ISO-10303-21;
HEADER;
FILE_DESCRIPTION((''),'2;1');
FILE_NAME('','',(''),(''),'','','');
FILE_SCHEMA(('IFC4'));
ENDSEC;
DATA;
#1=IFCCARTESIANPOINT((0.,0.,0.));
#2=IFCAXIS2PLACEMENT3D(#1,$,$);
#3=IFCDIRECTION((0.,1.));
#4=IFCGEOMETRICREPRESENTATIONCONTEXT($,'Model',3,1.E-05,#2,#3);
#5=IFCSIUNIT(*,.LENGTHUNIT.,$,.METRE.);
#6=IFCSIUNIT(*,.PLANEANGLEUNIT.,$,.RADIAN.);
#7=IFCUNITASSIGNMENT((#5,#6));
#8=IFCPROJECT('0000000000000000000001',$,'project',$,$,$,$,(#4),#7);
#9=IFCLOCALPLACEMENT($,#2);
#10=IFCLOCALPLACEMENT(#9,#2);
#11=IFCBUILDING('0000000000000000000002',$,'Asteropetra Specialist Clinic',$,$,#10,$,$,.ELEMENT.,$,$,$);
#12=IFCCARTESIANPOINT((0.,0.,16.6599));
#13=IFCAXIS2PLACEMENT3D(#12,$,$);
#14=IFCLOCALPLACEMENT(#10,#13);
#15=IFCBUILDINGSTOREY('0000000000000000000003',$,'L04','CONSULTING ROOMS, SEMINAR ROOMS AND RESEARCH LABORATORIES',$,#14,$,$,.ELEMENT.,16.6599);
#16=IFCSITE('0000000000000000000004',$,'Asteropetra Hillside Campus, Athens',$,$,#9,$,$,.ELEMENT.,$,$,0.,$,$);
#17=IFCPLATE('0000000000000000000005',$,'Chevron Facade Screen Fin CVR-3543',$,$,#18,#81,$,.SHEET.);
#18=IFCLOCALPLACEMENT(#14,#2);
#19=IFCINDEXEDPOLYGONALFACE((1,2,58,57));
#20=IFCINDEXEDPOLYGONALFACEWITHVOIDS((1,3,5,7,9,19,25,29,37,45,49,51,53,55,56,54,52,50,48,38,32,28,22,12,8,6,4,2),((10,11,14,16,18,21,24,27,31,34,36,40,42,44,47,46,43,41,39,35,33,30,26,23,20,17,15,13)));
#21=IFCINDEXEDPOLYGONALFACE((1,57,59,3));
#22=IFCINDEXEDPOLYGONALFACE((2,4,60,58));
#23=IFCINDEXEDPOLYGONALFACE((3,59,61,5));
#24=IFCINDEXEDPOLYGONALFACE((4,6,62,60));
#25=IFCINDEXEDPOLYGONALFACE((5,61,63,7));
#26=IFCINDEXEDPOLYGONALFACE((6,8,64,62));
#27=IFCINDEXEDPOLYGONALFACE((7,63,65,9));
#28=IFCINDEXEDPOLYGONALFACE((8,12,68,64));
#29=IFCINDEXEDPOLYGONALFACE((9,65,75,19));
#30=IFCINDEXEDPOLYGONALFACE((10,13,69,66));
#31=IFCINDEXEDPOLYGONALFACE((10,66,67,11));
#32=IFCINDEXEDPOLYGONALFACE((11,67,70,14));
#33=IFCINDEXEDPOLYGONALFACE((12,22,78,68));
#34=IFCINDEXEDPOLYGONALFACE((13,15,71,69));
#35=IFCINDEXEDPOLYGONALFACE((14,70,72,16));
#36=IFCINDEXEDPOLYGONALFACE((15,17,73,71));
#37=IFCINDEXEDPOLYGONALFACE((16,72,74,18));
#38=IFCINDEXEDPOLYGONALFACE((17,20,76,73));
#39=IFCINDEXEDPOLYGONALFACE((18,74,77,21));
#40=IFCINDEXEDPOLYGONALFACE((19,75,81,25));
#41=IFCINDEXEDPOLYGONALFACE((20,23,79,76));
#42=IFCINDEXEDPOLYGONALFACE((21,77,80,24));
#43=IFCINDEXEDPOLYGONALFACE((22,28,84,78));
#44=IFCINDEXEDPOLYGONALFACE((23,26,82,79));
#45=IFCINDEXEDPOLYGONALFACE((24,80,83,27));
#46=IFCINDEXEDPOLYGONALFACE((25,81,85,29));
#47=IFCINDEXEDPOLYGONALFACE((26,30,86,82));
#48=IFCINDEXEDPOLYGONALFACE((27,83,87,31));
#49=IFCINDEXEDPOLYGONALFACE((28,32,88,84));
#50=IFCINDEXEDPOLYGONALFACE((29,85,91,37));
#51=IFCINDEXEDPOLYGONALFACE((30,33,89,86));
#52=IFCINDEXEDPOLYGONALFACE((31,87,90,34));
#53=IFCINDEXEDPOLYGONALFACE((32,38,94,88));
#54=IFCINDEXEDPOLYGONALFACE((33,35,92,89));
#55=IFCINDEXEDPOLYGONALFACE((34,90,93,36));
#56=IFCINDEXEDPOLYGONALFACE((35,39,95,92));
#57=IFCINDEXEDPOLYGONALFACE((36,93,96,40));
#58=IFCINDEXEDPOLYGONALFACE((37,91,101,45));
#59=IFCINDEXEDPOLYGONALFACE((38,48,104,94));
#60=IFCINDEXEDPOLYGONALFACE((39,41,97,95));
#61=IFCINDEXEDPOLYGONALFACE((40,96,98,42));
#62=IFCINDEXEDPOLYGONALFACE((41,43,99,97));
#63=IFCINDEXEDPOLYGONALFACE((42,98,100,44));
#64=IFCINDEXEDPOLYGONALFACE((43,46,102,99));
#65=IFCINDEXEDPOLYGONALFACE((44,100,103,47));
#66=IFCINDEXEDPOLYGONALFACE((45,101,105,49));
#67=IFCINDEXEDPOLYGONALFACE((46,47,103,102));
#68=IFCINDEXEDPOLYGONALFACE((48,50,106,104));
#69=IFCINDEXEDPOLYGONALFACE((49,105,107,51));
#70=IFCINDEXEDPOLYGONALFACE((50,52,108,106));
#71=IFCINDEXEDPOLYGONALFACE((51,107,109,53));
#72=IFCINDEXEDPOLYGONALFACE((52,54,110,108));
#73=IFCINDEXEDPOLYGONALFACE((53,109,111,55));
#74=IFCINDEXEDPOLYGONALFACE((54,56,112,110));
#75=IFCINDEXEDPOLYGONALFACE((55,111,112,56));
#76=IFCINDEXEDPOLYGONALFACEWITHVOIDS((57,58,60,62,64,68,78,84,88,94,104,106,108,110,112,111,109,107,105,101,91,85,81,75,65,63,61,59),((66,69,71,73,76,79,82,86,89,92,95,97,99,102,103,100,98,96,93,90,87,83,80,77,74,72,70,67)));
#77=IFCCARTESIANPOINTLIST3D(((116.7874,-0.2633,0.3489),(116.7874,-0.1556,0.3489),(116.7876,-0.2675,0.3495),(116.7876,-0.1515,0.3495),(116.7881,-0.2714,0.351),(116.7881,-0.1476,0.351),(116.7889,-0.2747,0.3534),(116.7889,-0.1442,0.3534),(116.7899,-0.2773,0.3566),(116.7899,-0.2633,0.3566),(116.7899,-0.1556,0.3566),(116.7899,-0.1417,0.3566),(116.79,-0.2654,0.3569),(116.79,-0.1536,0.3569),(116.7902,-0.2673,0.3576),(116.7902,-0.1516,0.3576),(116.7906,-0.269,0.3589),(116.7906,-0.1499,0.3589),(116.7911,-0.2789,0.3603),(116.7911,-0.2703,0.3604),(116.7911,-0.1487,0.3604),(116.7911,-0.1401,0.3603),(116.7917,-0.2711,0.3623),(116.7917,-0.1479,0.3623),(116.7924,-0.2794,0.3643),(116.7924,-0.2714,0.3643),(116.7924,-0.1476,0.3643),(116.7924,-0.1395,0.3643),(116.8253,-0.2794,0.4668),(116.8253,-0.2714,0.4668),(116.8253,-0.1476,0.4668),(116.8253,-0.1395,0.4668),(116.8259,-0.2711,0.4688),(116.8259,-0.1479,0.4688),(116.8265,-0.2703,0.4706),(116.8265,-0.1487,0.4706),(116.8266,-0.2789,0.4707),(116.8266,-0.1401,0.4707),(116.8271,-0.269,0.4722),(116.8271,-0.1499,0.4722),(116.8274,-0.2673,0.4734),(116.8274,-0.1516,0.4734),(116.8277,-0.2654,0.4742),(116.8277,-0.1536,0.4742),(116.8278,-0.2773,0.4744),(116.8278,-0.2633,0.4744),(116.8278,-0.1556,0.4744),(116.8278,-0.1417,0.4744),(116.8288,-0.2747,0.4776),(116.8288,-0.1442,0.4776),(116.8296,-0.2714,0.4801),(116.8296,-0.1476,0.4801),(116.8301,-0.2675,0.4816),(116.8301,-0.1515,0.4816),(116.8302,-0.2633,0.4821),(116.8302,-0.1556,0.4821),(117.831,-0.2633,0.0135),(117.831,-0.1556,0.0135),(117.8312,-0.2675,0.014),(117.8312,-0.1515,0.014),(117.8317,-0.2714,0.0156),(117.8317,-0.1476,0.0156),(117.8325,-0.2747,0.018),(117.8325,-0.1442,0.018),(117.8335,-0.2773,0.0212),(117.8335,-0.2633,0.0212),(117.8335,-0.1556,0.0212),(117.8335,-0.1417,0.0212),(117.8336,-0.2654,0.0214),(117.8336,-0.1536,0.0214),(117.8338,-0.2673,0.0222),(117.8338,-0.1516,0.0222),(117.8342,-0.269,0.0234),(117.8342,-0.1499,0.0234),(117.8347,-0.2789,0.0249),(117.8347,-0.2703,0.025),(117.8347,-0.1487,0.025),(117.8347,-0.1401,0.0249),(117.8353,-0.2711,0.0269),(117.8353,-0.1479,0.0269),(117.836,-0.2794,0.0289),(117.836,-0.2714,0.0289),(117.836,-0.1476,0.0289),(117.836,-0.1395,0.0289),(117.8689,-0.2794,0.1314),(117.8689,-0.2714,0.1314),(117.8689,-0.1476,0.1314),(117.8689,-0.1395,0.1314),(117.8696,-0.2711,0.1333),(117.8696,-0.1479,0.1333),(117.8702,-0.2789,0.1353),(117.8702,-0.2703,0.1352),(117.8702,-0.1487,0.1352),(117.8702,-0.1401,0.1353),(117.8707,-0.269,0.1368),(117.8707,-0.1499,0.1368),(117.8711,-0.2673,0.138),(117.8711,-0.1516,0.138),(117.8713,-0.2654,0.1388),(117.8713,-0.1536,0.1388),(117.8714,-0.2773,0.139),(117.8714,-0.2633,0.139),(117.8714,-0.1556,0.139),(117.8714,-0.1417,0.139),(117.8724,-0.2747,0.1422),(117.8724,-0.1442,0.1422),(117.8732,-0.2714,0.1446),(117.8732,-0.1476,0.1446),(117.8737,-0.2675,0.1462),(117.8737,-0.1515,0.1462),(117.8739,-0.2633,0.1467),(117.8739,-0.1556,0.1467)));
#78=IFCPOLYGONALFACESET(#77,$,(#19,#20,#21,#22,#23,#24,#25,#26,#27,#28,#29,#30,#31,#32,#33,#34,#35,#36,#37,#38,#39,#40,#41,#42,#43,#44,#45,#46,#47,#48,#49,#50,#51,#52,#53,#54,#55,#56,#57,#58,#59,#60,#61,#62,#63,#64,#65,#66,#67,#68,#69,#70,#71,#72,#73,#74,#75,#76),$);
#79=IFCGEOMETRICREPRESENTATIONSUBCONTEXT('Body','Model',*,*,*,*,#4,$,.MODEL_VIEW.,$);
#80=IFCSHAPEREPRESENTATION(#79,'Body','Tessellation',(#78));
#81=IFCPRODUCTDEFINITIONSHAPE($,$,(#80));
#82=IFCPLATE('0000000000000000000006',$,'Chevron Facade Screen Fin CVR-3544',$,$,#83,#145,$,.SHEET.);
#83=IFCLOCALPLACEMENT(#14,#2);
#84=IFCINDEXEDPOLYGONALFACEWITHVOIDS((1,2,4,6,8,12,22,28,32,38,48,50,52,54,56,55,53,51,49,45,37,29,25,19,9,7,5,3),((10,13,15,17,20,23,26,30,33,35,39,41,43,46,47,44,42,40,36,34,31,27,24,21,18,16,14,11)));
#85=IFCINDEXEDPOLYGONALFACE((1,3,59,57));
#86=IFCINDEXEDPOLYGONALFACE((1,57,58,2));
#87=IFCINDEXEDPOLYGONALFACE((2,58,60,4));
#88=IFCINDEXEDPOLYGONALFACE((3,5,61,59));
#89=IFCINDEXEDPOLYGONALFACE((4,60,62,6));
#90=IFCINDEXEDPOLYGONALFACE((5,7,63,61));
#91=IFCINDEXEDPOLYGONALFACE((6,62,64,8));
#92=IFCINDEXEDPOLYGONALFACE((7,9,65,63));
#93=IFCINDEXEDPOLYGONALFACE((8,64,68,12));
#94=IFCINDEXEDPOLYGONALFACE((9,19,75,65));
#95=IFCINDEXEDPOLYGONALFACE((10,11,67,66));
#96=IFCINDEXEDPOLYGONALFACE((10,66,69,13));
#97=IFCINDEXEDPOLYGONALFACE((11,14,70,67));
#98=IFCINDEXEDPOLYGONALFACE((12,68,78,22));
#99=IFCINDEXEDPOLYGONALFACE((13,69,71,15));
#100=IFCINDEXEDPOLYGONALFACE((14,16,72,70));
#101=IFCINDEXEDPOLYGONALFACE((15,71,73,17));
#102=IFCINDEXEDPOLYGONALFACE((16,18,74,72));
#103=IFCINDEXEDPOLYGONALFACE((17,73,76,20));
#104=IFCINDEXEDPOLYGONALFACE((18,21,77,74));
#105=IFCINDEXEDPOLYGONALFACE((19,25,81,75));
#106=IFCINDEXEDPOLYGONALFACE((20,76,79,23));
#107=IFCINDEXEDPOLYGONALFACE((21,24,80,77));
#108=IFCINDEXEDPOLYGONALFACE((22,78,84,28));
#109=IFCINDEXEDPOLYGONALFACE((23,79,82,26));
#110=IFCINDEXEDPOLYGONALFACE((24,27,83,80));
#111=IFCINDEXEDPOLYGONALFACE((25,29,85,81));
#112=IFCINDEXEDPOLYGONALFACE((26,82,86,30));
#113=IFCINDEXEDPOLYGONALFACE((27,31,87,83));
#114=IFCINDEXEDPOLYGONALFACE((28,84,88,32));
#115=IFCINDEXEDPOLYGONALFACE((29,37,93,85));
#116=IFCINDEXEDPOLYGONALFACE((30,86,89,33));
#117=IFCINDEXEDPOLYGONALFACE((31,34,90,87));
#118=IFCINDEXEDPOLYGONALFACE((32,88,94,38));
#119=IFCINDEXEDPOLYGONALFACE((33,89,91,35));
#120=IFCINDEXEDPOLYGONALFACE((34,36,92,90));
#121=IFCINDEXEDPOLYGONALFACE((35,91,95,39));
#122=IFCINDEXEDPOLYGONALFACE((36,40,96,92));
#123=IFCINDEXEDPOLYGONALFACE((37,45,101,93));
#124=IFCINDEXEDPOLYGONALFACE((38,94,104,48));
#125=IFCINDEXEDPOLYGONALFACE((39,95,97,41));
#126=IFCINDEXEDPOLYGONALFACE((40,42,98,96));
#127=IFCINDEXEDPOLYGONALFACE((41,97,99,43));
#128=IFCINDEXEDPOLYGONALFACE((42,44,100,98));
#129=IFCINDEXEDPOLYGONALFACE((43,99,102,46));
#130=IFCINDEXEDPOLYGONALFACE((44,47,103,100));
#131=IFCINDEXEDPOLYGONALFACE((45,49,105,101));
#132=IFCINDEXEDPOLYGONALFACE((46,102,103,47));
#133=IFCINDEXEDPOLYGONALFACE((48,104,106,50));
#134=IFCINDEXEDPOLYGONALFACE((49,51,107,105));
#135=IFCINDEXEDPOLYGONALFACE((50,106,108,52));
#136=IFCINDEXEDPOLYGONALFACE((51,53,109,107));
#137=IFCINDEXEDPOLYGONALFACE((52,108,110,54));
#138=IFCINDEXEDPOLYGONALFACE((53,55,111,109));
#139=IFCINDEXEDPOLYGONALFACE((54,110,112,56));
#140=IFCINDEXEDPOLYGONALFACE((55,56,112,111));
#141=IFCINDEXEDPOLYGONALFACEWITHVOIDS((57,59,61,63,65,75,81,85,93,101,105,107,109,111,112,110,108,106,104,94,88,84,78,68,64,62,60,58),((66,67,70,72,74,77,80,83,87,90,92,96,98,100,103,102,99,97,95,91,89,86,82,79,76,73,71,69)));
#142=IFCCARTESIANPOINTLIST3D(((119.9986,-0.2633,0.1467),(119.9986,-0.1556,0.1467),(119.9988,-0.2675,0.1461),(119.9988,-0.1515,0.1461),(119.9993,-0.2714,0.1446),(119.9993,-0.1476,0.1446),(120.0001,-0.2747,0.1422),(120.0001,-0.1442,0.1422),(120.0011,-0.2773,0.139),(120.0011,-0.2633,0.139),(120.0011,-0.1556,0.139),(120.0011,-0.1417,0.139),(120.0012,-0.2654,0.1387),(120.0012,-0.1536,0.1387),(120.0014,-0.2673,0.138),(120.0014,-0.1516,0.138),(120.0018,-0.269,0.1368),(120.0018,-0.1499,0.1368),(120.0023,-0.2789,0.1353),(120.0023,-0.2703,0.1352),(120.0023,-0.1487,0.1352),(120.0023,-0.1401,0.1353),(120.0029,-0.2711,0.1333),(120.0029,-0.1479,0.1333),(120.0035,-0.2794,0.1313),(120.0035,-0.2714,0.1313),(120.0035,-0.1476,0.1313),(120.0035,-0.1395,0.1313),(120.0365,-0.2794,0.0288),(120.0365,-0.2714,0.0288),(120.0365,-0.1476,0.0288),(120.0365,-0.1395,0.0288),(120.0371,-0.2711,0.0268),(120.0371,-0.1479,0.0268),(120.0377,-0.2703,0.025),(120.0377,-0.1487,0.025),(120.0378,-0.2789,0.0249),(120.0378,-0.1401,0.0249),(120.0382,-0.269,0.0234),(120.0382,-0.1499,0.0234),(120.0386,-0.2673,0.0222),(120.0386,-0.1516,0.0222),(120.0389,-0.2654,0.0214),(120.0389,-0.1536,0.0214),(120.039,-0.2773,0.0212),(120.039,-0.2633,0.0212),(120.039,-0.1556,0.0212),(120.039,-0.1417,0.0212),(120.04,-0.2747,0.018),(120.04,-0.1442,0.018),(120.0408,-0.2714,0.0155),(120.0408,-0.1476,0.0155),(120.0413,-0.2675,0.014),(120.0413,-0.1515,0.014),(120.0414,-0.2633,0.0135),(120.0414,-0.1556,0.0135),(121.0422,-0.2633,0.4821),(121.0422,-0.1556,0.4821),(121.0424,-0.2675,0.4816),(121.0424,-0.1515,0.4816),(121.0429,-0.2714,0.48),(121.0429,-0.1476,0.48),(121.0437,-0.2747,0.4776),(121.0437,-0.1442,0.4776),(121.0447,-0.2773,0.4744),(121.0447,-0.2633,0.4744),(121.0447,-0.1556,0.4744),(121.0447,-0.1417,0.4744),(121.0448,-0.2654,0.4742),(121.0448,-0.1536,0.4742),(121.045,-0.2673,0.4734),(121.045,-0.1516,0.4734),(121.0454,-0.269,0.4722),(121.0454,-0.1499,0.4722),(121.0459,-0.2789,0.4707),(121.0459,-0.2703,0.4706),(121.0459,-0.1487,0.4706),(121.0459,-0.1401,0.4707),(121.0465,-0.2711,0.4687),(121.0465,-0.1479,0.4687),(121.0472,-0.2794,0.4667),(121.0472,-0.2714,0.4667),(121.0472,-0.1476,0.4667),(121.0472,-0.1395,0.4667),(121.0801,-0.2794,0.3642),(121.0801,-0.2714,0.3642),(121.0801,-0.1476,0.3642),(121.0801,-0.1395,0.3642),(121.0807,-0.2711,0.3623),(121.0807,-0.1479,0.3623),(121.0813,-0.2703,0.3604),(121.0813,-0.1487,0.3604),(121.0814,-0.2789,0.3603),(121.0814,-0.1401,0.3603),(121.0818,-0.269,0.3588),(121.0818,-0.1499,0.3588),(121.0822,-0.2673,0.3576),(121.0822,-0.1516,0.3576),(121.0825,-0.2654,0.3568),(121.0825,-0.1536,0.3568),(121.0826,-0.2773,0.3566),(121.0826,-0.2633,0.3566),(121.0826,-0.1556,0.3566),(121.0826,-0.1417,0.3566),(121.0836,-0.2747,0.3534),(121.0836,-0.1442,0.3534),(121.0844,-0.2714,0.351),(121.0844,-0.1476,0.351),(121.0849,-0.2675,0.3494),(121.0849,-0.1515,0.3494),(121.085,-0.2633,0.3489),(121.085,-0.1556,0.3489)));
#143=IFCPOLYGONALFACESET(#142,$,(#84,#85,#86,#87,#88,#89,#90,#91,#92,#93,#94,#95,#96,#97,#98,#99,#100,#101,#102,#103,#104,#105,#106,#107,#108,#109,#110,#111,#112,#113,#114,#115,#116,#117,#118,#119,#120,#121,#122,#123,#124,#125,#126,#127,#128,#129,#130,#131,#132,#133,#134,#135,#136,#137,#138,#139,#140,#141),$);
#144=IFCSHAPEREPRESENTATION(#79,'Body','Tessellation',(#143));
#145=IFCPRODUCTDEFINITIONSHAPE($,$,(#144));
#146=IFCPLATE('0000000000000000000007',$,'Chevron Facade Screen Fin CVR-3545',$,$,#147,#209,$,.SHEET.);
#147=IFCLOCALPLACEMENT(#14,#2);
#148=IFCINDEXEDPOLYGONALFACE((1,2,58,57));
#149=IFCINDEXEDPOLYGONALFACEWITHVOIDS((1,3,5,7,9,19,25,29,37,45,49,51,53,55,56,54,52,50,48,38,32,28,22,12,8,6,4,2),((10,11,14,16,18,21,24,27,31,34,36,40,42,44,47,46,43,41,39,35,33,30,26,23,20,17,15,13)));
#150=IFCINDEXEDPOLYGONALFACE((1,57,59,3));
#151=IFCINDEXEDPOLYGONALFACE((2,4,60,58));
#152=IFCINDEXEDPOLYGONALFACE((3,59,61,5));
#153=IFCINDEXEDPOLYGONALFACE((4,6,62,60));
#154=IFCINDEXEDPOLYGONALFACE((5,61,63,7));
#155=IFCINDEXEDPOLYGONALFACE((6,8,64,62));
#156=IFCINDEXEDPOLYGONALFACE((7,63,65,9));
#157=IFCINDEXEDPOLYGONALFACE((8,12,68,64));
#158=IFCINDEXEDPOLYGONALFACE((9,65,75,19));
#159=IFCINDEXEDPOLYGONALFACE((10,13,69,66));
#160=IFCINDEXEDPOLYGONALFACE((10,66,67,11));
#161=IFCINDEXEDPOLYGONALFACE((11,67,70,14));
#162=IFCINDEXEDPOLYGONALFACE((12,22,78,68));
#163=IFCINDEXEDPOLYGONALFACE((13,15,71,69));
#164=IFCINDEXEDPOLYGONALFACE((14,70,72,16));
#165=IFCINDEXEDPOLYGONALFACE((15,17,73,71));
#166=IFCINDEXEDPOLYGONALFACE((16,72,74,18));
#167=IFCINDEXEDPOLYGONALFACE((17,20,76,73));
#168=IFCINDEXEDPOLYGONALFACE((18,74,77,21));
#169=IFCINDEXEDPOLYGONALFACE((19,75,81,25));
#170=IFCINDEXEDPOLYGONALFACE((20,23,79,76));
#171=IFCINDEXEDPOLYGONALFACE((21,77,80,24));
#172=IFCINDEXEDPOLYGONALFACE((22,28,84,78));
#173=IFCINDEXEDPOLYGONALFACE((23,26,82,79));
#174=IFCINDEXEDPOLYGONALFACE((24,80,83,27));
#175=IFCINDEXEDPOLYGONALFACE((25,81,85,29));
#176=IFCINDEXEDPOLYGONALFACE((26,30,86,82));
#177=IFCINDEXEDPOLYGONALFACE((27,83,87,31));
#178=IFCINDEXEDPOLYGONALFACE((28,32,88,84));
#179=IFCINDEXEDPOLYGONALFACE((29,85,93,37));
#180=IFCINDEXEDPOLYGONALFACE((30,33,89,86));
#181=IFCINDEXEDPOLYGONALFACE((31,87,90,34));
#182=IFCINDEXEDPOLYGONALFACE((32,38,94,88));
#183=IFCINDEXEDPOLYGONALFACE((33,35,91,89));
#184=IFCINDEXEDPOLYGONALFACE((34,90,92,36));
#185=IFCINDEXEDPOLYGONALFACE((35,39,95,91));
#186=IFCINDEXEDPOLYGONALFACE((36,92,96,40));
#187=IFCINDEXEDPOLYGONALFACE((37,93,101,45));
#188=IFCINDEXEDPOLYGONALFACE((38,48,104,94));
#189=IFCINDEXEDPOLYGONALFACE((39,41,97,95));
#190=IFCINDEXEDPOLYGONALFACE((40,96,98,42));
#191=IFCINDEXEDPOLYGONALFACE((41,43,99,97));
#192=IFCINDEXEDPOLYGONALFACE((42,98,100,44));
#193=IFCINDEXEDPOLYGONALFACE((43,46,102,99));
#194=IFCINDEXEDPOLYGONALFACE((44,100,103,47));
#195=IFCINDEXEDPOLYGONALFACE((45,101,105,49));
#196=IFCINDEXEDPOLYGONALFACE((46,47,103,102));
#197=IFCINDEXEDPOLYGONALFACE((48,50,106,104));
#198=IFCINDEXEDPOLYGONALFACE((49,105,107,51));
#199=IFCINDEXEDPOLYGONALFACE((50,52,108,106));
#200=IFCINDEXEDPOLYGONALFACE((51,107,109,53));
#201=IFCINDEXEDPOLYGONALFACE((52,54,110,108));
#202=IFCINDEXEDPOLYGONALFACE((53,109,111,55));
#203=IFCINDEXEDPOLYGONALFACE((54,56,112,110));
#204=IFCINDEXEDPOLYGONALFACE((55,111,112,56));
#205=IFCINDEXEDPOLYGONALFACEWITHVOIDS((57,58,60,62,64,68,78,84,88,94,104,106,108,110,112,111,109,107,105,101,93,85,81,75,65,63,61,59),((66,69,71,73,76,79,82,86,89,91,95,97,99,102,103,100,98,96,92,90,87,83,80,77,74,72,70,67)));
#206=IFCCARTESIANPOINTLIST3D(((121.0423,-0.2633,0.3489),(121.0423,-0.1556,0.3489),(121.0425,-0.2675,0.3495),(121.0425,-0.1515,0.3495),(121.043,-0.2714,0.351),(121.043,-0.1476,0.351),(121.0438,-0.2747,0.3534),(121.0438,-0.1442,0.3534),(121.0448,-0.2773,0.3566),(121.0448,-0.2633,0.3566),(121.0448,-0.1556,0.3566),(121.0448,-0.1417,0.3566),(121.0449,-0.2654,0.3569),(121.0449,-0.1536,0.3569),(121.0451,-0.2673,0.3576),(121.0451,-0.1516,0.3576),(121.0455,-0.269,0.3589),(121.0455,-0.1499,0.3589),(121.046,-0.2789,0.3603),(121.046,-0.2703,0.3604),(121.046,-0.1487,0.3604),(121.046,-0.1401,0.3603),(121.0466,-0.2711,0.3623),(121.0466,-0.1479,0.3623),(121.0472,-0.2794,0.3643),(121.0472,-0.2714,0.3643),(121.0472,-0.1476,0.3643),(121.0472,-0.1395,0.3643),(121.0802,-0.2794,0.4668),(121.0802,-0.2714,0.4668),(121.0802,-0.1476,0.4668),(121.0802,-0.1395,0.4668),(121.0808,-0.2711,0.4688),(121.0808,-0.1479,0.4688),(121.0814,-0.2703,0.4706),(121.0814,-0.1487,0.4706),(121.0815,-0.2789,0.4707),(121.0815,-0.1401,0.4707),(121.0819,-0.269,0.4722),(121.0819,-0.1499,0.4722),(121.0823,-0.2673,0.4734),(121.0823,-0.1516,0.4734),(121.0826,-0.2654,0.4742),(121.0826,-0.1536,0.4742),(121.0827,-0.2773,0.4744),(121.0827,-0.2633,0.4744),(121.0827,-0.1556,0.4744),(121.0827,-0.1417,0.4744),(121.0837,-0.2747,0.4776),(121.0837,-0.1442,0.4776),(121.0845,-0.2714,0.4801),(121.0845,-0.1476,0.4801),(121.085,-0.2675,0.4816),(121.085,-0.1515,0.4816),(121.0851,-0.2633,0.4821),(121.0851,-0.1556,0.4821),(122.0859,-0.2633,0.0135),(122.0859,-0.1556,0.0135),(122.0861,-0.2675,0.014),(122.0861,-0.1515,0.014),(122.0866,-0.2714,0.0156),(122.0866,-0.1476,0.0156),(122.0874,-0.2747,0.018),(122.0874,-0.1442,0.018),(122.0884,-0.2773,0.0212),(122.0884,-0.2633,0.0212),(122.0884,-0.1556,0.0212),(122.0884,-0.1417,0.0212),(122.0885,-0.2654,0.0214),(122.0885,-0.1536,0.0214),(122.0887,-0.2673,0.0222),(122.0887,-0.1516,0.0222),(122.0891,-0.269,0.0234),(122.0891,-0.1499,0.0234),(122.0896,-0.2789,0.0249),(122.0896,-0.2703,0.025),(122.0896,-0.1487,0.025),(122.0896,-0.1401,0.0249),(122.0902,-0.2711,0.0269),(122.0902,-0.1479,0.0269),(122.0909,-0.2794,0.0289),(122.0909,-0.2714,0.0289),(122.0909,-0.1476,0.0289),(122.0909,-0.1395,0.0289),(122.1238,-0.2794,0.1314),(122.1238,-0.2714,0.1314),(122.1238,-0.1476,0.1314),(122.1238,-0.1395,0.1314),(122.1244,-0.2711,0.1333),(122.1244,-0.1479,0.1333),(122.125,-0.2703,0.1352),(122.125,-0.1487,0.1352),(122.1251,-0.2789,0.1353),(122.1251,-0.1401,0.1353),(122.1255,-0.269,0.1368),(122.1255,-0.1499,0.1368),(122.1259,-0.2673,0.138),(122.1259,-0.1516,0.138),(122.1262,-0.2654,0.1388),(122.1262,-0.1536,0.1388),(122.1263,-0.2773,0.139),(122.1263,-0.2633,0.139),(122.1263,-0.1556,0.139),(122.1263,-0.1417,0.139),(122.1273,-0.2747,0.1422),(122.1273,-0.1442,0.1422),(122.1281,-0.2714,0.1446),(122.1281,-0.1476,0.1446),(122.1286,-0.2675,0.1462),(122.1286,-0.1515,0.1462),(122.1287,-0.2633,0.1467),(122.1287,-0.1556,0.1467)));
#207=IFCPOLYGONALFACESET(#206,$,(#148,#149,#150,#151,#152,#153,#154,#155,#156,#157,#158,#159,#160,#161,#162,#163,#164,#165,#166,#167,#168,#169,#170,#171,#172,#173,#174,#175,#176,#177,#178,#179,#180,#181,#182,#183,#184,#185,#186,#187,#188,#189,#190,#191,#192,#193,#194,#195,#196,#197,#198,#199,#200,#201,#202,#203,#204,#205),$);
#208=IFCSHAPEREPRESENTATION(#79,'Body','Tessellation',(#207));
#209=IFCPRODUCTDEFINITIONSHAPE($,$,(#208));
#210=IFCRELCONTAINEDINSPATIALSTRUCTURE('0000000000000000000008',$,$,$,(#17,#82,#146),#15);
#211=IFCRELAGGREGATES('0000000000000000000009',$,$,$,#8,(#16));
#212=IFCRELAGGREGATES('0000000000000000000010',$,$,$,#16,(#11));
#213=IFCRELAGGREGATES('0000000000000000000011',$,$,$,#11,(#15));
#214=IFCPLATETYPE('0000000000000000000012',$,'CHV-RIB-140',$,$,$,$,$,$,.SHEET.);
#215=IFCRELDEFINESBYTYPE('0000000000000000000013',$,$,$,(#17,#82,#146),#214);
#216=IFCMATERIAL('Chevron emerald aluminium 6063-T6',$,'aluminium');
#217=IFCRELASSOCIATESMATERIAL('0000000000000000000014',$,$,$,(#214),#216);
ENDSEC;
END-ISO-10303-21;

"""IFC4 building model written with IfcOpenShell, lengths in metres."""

from ifc_helpers import new_model, si_unit, direction, frame, origin, origin_2d, place, context, subcontext, project, spatial, hollow_rectangle, extrude, material, material_profile, profile_set, type_object, element, save


model = new_model("IFC4")

# Units and contexts
model_context = context("Model", 3, precision=1e-05, world=origin(), true_north=direction((0.0, 1.0)))
body_context = subcontext(model_context, "Body", "Model", "MODEL_VIEW")
ifc_project = project(units=[si_unit("LENGTHUNIT", "METRE"), si_unit("PLANEANGLEUNIT", "RADIAN")], contexts=[model_context])

# Site, building, storey
site_placement = place(None, origin())
site = spatial("IfcSite", under=ifc_project, at=site_placement, Name="Asteropetra Hillside Campus, Athens", CompositionType="ELEMENT", RefElevation=0.0)
building_placement = place(site_placement, origin())
building = spatial("IfcBuilding", under=site, at=building_placement, Name="Asteropetra Specialist Clinic", CompositionType="ELEMENT")
storey_placement = place(building_placement, frame((0.0, 0.0, 16.6599)))
storey = spatial("IfcBuildingStorey", under=building, at=storey_placement, Name="L04", Description="CONSULTING ROOMS, SEMINAR ROOMS AND RESEARCH LABORATORIES", CompositionType="ELEMENT", Elevation=16.6599)

# Plates
ifc_material_1 = material(Name="Chevron emerald aluminium 6063-T6", Category="aluminium")
ifc_material_profile_1 = material_profile(ifc_material_1, hollow_rectangle(XDim=0.1399, YDim=0.1399, WallThickness=0.0081, InnerFilletRadius=0.0081, OuterFilletRadius=0.0161, at=origin_2d()), Name="SHS 140x140x8.0")
ifc_profile_set_1 = profile_set([ifc_material_profile_1], Name="Chevron emerald aluminium 6063-T6")
plate_type = type_object("IfcPlateType", Name="CHV-RIB-140", PredefinedType="SHEET", material=ifc_profile_set_1)
for number, where, z_axis, x_axis, name in (
    (1, (116.8088, -0.2095, 0.4155), (0.952036, 0.0, -0.305988), (0.0, 1.0, 0.0), "Chevron Facade Screen Fin CVR-3543"),
    (2, (120.02, -0.2095, 0.0801), (0.952036, 0.0, 0.305988), (0.0, 1.0, 0.0), "Chevron Facade Screen Fin CVR-3544"),
    (3, (121.0637, -0.2095, 0.4155), (0.952036, 0.0, -0.305988), (0.0, 1.0, 0.0), "Chevron Facade Screen Fin CVR-3545"),
):
    element("IfcPlate", number, at=place(storey_placement, frame(where, z_axis=z_axis, x_axis=x_axis)), inside=storey, type_object=plate_type, Name=name, PredefinedType="SHEET", context=body_context, shape_type="SweptSolid", body=[
        extrude(hollow_rectangle(XDim=0.1399, YDim=0.1399, WallThickness=0.0081, InnerFilletRadius=0.0081, OuterFilletRadius=0.0161, at=origin_2d()), origin(), (0.0, 0.0, 1.0), 1.0962),
    ])

save(model, "model.ifc")
